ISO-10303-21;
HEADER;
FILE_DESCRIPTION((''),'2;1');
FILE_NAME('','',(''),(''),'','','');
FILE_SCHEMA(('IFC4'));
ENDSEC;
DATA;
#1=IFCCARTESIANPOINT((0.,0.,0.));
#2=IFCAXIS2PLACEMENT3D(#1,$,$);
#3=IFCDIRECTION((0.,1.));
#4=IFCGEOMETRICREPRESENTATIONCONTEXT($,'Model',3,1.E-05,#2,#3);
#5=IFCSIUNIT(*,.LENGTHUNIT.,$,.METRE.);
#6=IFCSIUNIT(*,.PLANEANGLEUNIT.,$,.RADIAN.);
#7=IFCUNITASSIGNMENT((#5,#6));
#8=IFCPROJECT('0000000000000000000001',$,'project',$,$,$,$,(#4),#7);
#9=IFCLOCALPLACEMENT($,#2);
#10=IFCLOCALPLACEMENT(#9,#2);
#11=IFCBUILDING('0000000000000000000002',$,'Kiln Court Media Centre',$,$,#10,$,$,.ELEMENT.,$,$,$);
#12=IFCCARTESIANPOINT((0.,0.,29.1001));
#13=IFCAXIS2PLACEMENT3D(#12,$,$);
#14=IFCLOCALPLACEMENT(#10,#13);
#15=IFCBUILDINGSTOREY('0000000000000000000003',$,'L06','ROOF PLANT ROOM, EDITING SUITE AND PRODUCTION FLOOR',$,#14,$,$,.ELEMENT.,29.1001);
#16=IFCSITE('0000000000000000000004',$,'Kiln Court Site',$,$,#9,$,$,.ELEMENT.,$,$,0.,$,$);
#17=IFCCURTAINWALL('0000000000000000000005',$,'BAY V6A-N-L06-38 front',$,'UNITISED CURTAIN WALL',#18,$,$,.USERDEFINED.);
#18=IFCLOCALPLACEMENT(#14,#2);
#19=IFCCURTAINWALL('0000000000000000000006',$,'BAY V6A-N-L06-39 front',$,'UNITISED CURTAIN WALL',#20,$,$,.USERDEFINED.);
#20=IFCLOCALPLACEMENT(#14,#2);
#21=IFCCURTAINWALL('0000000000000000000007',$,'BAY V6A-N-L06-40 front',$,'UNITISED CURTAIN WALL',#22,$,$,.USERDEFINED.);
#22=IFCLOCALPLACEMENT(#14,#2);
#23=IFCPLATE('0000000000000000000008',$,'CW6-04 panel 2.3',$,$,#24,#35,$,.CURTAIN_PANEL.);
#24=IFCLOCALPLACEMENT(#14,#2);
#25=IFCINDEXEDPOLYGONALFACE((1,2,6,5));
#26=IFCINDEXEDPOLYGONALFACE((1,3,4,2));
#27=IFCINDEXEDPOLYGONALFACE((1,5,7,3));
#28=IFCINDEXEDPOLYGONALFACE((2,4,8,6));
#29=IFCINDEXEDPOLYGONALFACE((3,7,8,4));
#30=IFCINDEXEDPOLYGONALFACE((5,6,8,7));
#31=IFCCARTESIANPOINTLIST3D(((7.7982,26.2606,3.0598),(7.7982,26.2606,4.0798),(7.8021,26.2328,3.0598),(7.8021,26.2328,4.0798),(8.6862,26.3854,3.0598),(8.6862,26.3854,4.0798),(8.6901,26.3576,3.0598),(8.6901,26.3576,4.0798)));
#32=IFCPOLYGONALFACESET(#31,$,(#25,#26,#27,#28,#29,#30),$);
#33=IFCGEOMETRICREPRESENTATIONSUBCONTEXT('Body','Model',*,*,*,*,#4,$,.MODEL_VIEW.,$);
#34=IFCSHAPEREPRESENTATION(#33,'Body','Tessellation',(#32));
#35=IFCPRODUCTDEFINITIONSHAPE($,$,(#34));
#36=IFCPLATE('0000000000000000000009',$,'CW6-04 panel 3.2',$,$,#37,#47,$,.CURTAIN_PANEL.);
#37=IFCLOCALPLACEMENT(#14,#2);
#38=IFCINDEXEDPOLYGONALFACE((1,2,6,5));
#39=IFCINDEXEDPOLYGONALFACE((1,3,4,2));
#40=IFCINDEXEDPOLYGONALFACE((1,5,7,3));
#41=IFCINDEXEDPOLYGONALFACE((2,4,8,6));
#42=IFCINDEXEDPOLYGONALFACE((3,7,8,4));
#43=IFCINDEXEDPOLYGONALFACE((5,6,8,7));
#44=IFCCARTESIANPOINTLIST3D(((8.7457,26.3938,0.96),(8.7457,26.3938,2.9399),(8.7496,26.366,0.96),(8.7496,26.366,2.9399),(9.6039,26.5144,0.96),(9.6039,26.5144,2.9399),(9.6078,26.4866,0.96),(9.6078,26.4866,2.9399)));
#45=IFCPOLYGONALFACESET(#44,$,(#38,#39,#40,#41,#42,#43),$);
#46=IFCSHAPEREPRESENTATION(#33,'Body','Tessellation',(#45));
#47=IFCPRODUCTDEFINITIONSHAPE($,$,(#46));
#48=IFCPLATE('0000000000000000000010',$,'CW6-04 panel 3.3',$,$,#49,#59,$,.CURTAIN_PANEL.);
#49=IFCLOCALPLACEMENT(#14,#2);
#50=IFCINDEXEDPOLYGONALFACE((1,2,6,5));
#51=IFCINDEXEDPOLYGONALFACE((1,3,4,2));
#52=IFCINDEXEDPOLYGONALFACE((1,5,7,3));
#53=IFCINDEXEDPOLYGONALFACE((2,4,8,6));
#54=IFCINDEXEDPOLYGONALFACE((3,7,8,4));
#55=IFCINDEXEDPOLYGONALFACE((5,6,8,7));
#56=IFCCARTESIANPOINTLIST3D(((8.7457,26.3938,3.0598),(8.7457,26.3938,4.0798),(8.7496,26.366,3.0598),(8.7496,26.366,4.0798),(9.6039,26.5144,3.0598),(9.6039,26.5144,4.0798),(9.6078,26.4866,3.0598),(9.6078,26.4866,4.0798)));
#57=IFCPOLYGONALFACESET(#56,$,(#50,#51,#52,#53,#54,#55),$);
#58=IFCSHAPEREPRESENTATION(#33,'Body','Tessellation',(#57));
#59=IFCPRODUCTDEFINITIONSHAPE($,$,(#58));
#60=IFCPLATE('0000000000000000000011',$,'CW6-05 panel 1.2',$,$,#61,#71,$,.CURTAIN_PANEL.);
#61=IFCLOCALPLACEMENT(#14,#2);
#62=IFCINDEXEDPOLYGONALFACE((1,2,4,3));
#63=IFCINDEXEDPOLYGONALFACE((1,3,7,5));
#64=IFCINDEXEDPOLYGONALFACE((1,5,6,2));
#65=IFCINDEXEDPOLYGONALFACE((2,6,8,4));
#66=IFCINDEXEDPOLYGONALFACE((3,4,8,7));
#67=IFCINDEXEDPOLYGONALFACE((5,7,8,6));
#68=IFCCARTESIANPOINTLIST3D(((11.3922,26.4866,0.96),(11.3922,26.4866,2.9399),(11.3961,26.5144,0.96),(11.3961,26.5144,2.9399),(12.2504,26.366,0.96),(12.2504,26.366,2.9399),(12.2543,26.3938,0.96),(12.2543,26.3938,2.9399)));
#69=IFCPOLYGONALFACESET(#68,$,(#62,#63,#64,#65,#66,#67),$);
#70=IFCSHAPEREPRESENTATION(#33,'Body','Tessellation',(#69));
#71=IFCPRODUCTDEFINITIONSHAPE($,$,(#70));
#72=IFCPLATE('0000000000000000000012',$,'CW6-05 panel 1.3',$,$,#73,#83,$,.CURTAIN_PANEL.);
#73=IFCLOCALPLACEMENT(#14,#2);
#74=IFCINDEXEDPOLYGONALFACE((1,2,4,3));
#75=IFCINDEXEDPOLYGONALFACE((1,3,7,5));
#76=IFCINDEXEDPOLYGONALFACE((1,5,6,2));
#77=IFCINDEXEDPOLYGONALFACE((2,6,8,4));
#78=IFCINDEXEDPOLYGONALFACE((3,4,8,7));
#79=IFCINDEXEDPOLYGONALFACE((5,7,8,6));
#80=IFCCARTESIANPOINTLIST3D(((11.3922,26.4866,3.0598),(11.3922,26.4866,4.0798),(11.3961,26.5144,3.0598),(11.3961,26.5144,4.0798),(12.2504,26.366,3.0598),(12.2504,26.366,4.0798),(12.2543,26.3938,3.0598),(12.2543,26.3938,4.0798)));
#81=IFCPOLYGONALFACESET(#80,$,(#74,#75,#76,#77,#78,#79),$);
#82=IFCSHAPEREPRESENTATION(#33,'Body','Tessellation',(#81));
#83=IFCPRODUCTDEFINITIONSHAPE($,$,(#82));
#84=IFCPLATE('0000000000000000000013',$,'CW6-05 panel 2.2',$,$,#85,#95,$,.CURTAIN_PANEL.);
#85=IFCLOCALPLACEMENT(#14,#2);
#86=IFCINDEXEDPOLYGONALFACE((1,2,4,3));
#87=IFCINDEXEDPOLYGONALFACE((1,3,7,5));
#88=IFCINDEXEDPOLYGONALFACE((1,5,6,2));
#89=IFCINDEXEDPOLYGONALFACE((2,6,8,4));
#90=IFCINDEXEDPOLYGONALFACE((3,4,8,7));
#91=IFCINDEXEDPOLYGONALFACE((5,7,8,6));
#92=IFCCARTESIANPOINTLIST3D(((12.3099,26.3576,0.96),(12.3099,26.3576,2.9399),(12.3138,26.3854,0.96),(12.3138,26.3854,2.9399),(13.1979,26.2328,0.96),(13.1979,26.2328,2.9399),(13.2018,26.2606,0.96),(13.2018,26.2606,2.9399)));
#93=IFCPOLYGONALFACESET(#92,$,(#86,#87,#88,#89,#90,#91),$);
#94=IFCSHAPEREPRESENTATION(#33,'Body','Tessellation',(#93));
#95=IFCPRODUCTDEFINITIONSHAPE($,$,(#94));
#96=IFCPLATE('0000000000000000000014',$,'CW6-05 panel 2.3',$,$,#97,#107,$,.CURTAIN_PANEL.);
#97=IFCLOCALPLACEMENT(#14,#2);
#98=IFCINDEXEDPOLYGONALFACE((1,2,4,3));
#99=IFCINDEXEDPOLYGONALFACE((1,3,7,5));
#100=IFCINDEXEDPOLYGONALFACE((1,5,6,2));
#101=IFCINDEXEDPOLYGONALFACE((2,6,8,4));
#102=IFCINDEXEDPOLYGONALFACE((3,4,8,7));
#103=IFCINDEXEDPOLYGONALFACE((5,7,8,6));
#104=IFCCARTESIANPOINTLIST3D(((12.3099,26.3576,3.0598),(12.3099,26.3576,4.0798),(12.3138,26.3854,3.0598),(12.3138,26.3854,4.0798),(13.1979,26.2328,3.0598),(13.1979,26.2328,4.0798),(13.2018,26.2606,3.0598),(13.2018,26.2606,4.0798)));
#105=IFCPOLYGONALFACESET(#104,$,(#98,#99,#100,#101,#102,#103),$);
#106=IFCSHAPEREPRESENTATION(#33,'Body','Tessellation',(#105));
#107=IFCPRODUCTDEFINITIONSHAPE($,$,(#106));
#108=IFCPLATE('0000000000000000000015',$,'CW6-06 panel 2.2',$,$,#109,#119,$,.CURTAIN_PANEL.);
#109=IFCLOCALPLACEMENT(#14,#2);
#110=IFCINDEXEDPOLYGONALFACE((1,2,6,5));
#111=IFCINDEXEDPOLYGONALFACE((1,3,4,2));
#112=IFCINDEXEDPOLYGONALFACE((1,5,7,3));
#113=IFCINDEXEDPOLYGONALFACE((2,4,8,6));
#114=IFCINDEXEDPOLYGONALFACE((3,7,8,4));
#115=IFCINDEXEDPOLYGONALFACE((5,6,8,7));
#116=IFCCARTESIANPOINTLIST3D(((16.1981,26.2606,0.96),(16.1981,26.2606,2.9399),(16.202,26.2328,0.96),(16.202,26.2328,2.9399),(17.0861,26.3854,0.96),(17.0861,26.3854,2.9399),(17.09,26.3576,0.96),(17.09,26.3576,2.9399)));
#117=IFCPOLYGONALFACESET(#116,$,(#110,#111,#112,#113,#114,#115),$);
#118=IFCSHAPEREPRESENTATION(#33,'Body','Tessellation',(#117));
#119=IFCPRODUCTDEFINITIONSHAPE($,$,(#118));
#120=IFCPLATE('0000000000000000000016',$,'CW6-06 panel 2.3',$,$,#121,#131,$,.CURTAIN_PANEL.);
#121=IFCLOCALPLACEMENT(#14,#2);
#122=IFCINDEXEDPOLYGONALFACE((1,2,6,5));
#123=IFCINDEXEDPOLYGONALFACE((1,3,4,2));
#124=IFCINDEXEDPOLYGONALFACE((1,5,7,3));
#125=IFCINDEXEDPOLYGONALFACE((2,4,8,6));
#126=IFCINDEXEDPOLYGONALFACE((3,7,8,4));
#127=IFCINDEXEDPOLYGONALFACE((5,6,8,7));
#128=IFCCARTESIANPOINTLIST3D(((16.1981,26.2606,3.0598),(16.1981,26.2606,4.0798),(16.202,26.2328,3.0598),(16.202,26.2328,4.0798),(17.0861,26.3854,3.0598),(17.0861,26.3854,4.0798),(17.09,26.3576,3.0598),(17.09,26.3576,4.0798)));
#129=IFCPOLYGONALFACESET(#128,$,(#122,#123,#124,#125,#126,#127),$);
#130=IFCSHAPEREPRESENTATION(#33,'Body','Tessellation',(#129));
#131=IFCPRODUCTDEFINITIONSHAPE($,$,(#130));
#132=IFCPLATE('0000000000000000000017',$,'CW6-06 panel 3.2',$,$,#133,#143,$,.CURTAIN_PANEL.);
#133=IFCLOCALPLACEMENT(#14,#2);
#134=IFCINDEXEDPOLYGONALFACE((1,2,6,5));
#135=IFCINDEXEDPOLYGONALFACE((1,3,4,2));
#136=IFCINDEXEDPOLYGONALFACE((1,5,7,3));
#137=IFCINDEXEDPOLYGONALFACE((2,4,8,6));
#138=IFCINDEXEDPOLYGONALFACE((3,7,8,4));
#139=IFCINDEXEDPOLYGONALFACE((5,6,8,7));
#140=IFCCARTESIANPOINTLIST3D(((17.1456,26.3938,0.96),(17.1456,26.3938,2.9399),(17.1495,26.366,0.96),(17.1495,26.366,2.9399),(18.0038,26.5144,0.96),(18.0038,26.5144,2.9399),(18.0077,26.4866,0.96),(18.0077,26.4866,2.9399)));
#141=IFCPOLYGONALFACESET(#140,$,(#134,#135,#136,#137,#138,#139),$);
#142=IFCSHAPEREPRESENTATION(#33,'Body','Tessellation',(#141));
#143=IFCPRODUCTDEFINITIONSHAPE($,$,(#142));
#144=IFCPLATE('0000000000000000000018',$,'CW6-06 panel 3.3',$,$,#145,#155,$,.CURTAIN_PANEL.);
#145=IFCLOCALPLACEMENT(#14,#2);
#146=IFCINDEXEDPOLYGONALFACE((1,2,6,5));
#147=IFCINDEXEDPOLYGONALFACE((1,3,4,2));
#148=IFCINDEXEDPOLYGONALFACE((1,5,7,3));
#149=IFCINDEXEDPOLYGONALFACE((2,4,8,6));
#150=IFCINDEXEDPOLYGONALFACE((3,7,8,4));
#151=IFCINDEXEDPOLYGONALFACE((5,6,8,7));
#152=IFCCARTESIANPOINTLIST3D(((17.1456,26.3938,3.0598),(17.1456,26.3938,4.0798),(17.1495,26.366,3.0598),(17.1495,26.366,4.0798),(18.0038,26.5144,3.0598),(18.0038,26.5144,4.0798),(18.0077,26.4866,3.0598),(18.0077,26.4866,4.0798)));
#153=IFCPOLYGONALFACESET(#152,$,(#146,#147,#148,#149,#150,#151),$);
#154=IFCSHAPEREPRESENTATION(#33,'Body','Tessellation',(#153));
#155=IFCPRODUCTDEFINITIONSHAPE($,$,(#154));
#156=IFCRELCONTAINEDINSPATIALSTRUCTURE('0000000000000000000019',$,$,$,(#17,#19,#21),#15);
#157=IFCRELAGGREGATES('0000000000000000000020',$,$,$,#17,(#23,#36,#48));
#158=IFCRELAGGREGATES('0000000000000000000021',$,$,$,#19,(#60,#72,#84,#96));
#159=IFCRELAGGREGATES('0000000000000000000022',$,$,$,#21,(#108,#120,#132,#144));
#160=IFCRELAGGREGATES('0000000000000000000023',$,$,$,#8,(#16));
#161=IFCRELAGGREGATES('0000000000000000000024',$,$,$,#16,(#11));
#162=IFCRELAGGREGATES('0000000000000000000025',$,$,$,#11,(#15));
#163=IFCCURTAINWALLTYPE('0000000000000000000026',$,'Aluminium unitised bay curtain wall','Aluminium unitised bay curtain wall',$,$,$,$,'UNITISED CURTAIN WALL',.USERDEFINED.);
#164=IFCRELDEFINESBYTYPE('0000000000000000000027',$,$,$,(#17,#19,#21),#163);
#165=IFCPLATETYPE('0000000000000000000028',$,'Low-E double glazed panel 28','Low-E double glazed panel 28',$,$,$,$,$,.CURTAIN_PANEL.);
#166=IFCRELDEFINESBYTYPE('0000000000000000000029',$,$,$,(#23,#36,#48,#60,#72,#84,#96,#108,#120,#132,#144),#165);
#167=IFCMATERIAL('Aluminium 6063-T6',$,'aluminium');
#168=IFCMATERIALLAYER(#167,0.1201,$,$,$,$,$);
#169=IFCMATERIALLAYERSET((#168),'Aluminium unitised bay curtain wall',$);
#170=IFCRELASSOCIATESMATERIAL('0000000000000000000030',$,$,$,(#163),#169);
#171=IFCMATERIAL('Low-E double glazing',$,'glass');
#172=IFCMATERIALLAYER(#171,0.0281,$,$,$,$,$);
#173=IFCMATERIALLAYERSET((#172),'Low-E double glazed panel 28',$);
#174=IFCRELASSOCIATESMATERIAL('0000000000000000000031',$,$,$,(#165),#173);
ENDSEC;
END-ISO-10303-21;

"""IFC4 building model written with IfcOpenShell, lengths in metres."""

from ifc_helpers import new_model, si_unit, direction, frame, origin, origin_2d, place, context, subcontext, project, spatial, rectangle, extrude, material, layer, layer_set, type_object, element, aggregate, save


model = new_model("IFC4")

# Units and contexts
model_context = context("Model", 3, precision=1e-05, world=origin(), true_north=direction((0.0, 1.0)))
body_context = subcontext(model_context, "Body", "Model", "MODEL_VIEW")
ifc_project = project(units=[si_unit("LENGTHUNIT", "METRE"), si_unit("PLANEANGLEUNIT", "RADIAN")], contexts=[model_context])

# Site, building, storey
site_placement = place(None, origin())
site = spatial("IfcSite", under=ifc_project, at=site_placement, Name="Kiln Court Site", CompositionType="ELEMENT", RefElevation=0.0)
building_placement = place(site_placement, origin())
building = spatial("IfcBuilding", under=site, at=building_placement, Name="Kiln Court Media Centre", CompositionType="ELEMENT")
storey_placement = place(building_placement, frame((0.0, 0.0, 29.1001)))
storey = spatial("IfcBuildingStorey", under=building, at=storey_placement, Name="L06", Description="ROOF PLANT ROOM, EDITING SUITE AND PRODUCTION FLOOR", CompositionType="ELEMENT", Elevation=29.1001)

# Curtain walls
ifc_material_1 = material(Name="Aluminium 6063-T6", Category="aluminium")
ifc_layer_1 = layer(ifc_material_1, 0.1201)
ifc_layer_set_1 = layer_set([ifc_layer_1], Name="Aluminium unitised bay curtain wall")
curtain_wall_type = type_object("IfcCurtainWallType", Name="Aluminium unitised bay curtain wall", Description="Aluminium unitised bay curtain wall", ElementType="UNITISED CURTAIN WALL", PredefinedType="USERDEFINED", material=ifc_layer_set_1)
curtain_wall_1_placement = place(storey_placement, origin())
curtain_wall_1 = element("IfcCurtainWall", 1, at=curtain_wall_1_placement, inside=storey, type_object=curtain_wall_type, Name="BAY V6A-N-L06-38 front", ObjectType="UNITISED CURTAIN WALL", PredefinedType="USERDEFINED")
curtain_wall_2_placement = place(storey_placement, origin())
curtain_wall_2 = element("IfcCurtainWall", 2, at=curtain_wall_2_placement, inside=storey, type_object=curtain_wall_type, Name="BAY V6A-N-L06-39 front", ObjectType="UNITISED CURTAIN WALL", PredefinedType="USERDEFINED")
curtain_wall_3_placement = place(storey_placement, origin())
curtain_wall_3 = element("IfcCurtainWall", 3, at=curtain_wall_3_placement, inside=storey, type_object=curtain_wall_type, Name="BAY V6A-N-L06-40 front", ObjectType="UNITISED CURTAIN WALL", PredefinedType="USERDEFINED")

# Plates
ifc_material_2 = material(Name="Low-E double glazing", Category="glass")
ifc_layer_2 = layer(ifc_material_2, 0.0281)
ifc_layer_set_2 = layer_set([ifc_layer_2], Name="Low-E double glazed panel 28")
plate_type_1 = type_object("IfcPlateType", Name="Low-E double glazed panel 28", Description="Low-E double glazed panel 28", PredefinedType="CURTAIN_PANEL", material=ifc_layer_set_2)
plate_1_placement = place(storey_placement, frame((8.2441, 26.3091, 3.0598), z_axis=(0.0, 0.0, 1.0), x_axis=(0.99027, 0.139162, 0.0)))
plate_1 = element("IfcPlate", 4, at=plate_1_placement, type_object=plate_type_1, Name="CW6-04 panel 2.3", PredefinedType="CURTAIN_PANEL", context=body_context, shape_type="SweptSolid", body=[
    extrude(rectangle(XDim=0.8967, YDim=0.0281, at=origin_2d()), origin(), (0.0, 0.0, 1.0), 1.02),
])
plate_2_placement = place(storey_placement, frame((9.1768, 26.4402, 0.96), z_axis=(0.0, 0.0, 1.0), x_axis=(0.99027, 0.139162, 0.0)))
plate_2 = element("IfcPlate", 5, at=plate_2_placement, type_object=plate_type_1, Name="CW6-04 panel 3.2", PredefinedType="CURTAIN_PANEL", context=body_context, shape_type="SweptSolid", body=[
    extrude(rectangle(XDim=0.8667, YDim=0.0281, at=origin_2d()), origin(), (0.0, 0.0, 1.0), 1.98),
])
plate_3_placement = place(storey_placement, frame((9.1768, 26.4402, 3.0598), z_axis=(0.0, 0.0, 1.0), x_axis=(0.99027, 0.139162, 0.0)))
plate_3 = element("IfcPlate", 6, at=plate_3_placement, type_object=plate_type_1, Name="CW6-04 panel 3.3", PredefinedType="CURTAIN_PANEL", context=body_context, shape_type="SweptSolid", body=[
    extrude(rectangle(XDim=0.8667, YDim=0.0281, at=origin_2d()), origin(), (0.0, 0.0, 1.0), 1.02),
])
aggregate(curtain_wall_1, [plate_1, plate_2, plate_3])
plate_4_placement = place(storey_placement, frame((11.8232, 26.4402, 0.96), z_axis=(0.0, 0.0, 1.0), x_axis=(0.99027, -0.139162, 0.0)))
plate_4 = element("IfcPlate", 7, at=plate_4_placement, type_object=plate_type_1, Name="CW6-05 panel 1.2", PredefinedType="CURTAIN_PANEL", context=body_context, shape_type="SweptSolid", body=[
    extrude(rectangle(XDim=0.8667, YDim=0.0281, at=origin_2d()), origin(), (0.0, 0.0, 1.0), 1.98),
])
plate_5_placement = place(storey_placement, frame((11.8232, 26.4402, 3.0598), z_axis=(0.0, 0.0, 1.0), x_axis=(0.99027, -0.139162, 0.0)))
plate_5 = element("IfcPlate", 8, at=plate_5_placement, type_object=plate_type_1, Name="CW6-05 panel 1.3", PredefinedType="CURTAIN_PANEL", context=body_context, shape_type="SweptSolid", body=[
    extrude(rectangle(XDim=0.8667, YDim=0.0281, at=origin_2d()), origin(), (0.0, 0.0, 1.0), 1.02),
])
plate_6_placement = place(storey_placement, frame((12.7559, 26.3091, 0.96), z_axis=(0.0, 0.0, 1.0), x_axis=(0.99027, -0.139162, 0.0)))
plate_6 = element("IfcPlate", 9, at=plate_6_placement, type_object=plate_type_1, Name="CW6-05 panel 2.2", PredefinedType="CURTAIN_PANEL", context=body_context, shape_type="SweptSolid", body=[
    extrude(rectangle(XDim=0.8967, YDim=0.0281, at=origin_2d()), origin(), (0.0, 0.0, 1.0), 1.98),
])
plate_7_placement = place(storey_placement, frame((12.7559, 26.3091, 3.0598), z_axis=(0.0, 0.0, 1.0), x_axis=(0.99027, -0.139162, 0.0)))
plate_7 = element("IfcPlate", 10, at=plate_7_placement, type_object=plate_type_1, Name="CW6-05 panel 2.3", PredefinedType="CURTAIN_PANEL", context=body_context, shape_type="SweptSolid", body=[
    extrude(rectangle(XDim=0.8967, YDim=0.0281, at=origin_2d()), origin(), (0.0, 0.0, 1.0), 1.02),
])
aggregate(curtain_wall_2, [plate_4, plate_5, plate_6, plate_7])
plate_8_placement = place(storey_placement, frame((16.644, 26.3091, 0.96), z_axis=(0.0, 0.0, 1.0), x_axis=(0.99027, 0.139162, 0.0)))
plate_8 = element("IfcPlate", 11, at=plate_8_placement, type_object=plate_type_1, Name="CW6-06 panel 2.2", PredefinedType="CURTAIN_PANEL", context=body_context, shape_type="SweptSolid", body=[
    extrude(rectangle(XDim=0.8967, YDim=0.0281, at=origin_2d()), origin(), (0.0, 0.0, 1.0), 1.98),
])
plate_9_placement = place(storey_placement, frame((16.644, 26.3091, 3.0598), z_axis=(0.0, 0.0, 1.0), x_axis=(0.99027, 0.139162, 0.0)))
plate_9 = element("IfcPlate", 12, at=plate_9_placement, type_object=plate_type_1, Name="CW6-06 panel 2.3", PredefinedType="CURTAIN_PANEL", context=body_context, shape_type="SweptSolid", body=[
    extrude(rectangle(XDim=0.8967, YDim=0.0281, at=origin_2d()), origin(), (0.0, 0.0, 1.0), 1.02),
])
plate_10_placement = place(storey_placement, frame((17.5767, 26.4402, 0.96), z_axis=(0.0, 0.0, 1.0), x_axis=(0.99027, 0.139162, 0.0)))
plate_10 = element("IfcPlate", 13, at=plate_10_placement, type_object=plate_type_1, Name="CW6-06 panel 3.2", PredefinedType="CURTAIN_PANEL", context=body_context, shape_type="SweptSolid", body=[
    extrude(rectangle(XDim=0.8667, YDim=0.0281, at=origin_2d()), origin(), (0.0, 0.0, 1.0), 1.98),
])
plate_11_placement = place(storey_placement, frame((17.5767, 26.4402, 3.0598), z_axis=(0.0, 0.0, 1.0), x_axis=(0.99027, 0.139162, 0.0)))
plate_11 = element("IfcPlate", 14, at=plate_11_placement, type_object=plate_type_1, Name="CW6-06 panel 3.3", PredefinedType="CURTAIN_PANEL", context=body_context, shape_type="SweptSolid", body=[
    extrude(rectangle(XDim=0.8667, YDim=0.0281, at=origin_2d()), origin(), (0.0, 0.0, 1.0), 1.02),
])
aggregate(curtain_wall_3, [plate_8, plate_9, plate_10, plate_11])

save(model, "model.ifc")
